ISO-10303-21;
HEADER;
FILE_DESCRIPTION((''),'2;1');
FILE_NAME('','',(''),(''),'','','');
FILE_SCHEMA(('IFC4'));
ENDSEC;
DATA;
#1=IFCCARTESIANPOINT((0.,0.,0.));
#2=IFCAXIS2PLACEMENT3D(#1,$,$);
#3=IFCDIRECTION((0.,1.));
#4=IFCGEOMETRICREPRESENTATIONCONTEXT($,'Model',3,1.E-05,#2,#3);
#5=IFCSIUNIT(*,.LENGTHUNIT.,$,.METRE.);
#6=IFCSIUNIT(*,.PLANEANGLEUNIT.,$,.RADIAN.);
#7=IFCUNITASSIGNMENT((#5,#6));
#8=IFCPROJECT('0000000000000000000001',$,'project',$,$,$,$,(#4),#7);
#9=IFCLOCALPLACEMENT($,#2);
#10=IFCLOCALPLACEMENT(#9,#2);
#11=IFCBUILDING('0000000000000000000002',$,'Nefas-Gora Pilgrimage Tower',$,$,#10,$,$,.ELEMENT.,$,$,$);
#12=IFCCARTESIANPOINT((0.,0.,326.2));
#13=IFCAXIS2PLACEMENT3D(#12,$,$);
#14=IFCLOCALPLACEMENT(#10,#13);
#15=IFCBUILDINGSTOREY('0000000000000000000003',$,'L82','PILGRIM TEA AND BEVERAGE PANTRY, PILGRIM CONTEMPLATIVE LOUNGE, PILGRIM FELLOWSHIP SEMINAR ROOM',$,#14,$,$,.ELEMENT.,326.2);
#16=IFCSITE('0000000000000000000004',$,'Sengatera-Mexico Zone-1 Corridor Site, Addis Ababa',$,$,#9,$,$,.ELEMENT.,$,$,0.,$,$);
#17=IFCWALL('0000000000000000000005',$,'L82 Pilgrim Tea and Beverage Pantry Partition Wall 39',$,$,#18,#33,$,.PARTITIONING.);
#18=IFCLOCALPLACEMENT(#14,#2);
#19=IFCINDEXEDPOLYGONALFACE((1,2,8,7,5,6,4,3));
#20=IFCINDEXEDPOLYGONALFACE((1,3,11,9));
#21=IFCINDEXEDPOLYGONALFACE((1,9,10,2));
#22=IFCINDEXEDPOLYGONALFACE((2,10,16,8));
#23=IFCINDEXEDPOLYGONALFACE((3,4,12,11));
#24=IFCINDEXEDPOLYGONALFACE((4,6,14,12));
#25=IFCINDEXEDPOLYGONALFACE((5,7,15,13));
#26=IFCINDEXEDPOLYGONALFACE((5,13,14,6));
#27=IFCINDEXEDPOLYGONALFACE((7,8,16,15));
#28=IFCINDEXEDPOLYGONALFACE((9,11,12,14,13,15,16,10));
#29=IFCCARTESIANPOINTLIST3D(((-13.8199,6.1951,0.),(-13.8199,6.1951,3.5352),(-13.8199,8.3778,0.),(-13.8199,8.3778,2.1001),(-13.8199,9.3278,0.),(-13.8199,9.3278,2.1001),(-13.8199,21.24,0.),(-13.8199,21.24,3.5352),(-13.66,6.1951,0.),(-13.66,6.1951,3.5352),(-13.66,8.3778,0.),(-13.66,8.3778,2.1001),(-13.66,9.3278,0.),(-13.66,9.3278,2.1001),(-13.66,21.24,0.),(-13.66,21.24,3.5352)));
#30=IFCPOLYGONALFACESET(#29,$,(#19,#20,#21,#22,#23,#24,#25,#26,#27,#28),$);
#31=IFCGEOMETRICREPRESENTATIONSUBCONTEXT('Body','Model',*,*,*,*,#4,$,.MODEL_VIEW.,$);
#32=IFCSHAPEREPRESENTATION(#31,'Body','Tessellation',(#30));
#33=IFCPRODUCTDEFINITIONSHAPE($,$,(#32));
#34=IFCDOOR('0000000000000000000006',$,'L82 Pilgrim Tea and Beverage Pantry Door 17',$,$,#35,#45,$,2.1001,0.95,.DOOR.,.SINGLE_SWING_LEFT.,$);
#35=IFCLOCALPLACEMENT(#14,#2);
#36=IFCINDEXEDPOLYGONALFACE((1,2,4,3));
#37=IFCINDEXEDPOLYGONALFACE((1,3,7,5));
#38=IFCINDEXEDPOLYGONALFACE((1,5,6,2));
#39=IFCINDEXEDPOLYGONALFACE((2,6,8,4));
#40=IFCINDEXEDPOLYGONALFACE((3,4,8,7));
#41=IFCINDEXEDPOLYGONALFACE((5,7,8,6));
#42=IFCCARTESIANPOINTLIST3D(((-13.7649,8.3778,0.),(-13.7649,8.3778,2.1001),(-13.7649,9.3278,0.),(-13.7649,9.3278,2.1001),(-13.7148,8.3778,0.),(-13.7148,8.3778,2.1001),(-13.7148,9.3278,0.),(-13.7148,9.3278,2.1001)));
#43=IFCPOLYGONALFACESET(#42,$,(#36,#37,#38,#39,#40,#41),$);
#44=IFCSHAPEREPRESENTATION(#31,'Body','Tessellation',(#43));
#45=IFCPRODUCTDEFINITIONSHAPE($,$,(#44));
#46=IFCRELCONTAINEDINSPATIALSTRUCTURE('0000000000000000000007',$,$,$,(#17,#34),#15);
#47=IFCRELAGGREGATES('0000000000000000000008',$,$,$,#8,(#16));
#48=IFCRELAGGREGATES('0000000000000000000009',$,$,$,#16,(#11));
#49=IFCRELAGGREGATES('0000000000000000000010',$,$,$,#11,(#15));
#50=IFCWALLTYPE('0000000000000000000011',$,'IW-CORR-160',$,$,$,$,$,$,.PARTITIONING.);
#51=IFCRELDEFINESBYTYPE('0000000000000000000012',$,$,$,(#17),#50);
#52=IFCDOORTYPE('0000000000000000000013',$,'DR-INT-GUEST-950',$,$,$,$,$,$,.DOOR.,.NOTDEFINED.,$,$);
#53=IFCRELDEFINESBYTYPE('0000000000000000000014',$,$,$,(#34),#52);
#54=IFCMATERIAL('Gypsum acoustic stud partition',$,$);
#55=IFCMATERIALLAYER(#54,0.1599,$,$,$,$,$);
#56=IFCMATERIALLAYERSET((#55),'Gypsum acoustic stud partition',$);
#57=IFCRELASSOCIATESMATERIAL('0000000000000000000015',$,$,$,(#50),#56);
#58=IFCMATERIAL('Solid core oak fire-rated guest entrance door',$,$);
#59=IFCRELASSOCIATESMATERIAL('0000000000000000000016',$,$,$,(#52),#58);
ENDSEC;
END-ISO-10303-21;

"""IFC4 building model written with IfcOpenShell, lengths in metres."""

from ifc_helpers import new_model, si_unit, direction, frame, frame_2d, origin, place, context, subcontext, project, spatial, rectangle, extrude, source, transform, mapped, material, layer, layer_set, type_object, element, fill, save


model = new_model("IFC4")

# Units and contexts
model_context = context("Model", 3, precision=1e-05, world=origin(), true_north=direction((0.0, 1.0)))
body_context = subcontext(model_context, "Body", "Model", "MODEL_VIEW")
ifc_project = project(units=[si_unit("LENGTHUNIT", "METRE"), si_unit("PLANEANGLEUNIT", "RADIAN")], contexts=[model_context])

# Site, building, storey
site_placement = place(None, origin())
site = spatial("IfcSite", under=ifc_project, at=site_placement, Name="Sengatera-Mexico Zone-1 Corridor Site, Addis Ababa", CompositionType="ELEMENT", RefElevation=0.0)
building_placement = place(site_placement, origin())
building = spatial("IfcBuilding", under=site, at=building_placement, Name="Nefas-Gora Pilgrimage Tower", CompositionType="ELEMENT")
storey_placement = place(building_placement, frame((0.0, 0.0, 326.2)))
storey = spatial("IfcBuildingStorey", under=building, at=storey_placement, Name="L82", Description="PILGRIM TEA AND BEVERAGE PANTRY, PILGRIM CONTEMPLATIVE LOUNGE, PILGRIM FELLOWSHIP SEMINAR ROOM", CompositionType="ELEMENT", Elevation=326.2)

# Wall, opening, door
ifc_material_1 = material(Name="Gypsum acoustic stud partition")
ifc_layer_1 = layer(ifc_material_1, 0.1599)
ifc_layer_set_1 = layer_set([ifc_layer_1], Name="Gypsum acoustic stud partition")
wall_type_1 = type_object("IfcWallType", Name="IW-CORR-160", PredefinedType="PARTITIONING", material=ifc_layer_set_1)
shared_shape_1 = source(origin(), body_context, "Body", "SweptSolid", [
    extrude(rectangle(XDim=15.0449, YDim=0.1599, at=frame_2d((7.5225, 0.0))), origin(), (0.0, 0.0, 1.0), 3.5352),
])
wall_1_placement = place(storey_placement, frame((-13.74, 6.1951, 0.0), z_axis=(0.0, 0.0, 1.0), x_axis=(0.0, 1.0, 0.0)))
wall_1 = element("IfcWall", 1, at=wall_1_placement, inside=storey, type_object=wall_type_1, Name="L82 Pilgrim Tea and Beverage Pantry Partition Wall 39", PredefinedType="PARTITIONING", context=body_context, shape_type="MappedRepresentation", body=[
    mapped(shared_shape_1, transform((0.0, 0.0, 0.0), x_axis=(1.0, 0.0, 0.0), y_axis=(0.0, 1.0, 0.0), z_axis=(0.0, 0.0, 1.0), scale=1.0)),
])
opening_placement = place(wall_1_placement, frame((2.1826, 0.0, 0.0)))
opening = element("IfcOpeningElement", 2, at=opening_placement, cuts=wall_1, PredefinedType="OPENING", context=body_context, shape_type="SweptSolid", body=[
    extrude(rectangle(XDim=0.95, YDim=2.1001, at=frame_2d((0.4751, 1.05))), frame((0.0, 0.0898, 0.0), z_axis=(0.0, -1.0, 0.0), x_axis=(1.0, 0.0, 0.0)), (0.0, 0.0, 1.0), 0.1799),
])
ifc_material_2 = material(Name="Solid core oak fire-rated guest entrance door")
door_type = type_object("IfcDoorType", Name="DR-INT-GUEST-950", OperationType="NOTDEFINED", PredefinedType="DOOR", material=ifc_material_2)
shared_shape_2 = source(origin(), body_context, "Body", "SweptSolid", [
    extrude(rectangle(XDim=0.95, YDim=2.1001, at=frame_2d((0.4751, 1.05))), frame((0.0, 0.0249, 0.0), z_axis=(0.0, -1.0, 0.0), x_axis=(1.0, 0.0, 0.0)), (0.0, 0.0, 1.0), 0.05),
])
door_placement = place(opening_placement, origin())
door = element("IfcDoor", 3, at=door_placement, inside=storey, type_object=door_type, Name="L82 Pilgrim Tea and Beverage Pantry Door 17", OperationType="SINGLE_SWING_LEFT", OverallHeight=2.1001, OverallWidth=0.95, PredefinedType="DOOR", context=body_context, shape_type="MappedRepresentation", body=[
    mapped(shared_shape_2, transform((0.0, 0.0, 0.0), x_axis=(1.0, 0.0, 0.0), y_axis=(0.0, 1.0, 0.0), z_axis=(0.0, 0.0, 1.0), scale=1.0)),
])
fill(opening, door)

save(model, "model.ifc")
